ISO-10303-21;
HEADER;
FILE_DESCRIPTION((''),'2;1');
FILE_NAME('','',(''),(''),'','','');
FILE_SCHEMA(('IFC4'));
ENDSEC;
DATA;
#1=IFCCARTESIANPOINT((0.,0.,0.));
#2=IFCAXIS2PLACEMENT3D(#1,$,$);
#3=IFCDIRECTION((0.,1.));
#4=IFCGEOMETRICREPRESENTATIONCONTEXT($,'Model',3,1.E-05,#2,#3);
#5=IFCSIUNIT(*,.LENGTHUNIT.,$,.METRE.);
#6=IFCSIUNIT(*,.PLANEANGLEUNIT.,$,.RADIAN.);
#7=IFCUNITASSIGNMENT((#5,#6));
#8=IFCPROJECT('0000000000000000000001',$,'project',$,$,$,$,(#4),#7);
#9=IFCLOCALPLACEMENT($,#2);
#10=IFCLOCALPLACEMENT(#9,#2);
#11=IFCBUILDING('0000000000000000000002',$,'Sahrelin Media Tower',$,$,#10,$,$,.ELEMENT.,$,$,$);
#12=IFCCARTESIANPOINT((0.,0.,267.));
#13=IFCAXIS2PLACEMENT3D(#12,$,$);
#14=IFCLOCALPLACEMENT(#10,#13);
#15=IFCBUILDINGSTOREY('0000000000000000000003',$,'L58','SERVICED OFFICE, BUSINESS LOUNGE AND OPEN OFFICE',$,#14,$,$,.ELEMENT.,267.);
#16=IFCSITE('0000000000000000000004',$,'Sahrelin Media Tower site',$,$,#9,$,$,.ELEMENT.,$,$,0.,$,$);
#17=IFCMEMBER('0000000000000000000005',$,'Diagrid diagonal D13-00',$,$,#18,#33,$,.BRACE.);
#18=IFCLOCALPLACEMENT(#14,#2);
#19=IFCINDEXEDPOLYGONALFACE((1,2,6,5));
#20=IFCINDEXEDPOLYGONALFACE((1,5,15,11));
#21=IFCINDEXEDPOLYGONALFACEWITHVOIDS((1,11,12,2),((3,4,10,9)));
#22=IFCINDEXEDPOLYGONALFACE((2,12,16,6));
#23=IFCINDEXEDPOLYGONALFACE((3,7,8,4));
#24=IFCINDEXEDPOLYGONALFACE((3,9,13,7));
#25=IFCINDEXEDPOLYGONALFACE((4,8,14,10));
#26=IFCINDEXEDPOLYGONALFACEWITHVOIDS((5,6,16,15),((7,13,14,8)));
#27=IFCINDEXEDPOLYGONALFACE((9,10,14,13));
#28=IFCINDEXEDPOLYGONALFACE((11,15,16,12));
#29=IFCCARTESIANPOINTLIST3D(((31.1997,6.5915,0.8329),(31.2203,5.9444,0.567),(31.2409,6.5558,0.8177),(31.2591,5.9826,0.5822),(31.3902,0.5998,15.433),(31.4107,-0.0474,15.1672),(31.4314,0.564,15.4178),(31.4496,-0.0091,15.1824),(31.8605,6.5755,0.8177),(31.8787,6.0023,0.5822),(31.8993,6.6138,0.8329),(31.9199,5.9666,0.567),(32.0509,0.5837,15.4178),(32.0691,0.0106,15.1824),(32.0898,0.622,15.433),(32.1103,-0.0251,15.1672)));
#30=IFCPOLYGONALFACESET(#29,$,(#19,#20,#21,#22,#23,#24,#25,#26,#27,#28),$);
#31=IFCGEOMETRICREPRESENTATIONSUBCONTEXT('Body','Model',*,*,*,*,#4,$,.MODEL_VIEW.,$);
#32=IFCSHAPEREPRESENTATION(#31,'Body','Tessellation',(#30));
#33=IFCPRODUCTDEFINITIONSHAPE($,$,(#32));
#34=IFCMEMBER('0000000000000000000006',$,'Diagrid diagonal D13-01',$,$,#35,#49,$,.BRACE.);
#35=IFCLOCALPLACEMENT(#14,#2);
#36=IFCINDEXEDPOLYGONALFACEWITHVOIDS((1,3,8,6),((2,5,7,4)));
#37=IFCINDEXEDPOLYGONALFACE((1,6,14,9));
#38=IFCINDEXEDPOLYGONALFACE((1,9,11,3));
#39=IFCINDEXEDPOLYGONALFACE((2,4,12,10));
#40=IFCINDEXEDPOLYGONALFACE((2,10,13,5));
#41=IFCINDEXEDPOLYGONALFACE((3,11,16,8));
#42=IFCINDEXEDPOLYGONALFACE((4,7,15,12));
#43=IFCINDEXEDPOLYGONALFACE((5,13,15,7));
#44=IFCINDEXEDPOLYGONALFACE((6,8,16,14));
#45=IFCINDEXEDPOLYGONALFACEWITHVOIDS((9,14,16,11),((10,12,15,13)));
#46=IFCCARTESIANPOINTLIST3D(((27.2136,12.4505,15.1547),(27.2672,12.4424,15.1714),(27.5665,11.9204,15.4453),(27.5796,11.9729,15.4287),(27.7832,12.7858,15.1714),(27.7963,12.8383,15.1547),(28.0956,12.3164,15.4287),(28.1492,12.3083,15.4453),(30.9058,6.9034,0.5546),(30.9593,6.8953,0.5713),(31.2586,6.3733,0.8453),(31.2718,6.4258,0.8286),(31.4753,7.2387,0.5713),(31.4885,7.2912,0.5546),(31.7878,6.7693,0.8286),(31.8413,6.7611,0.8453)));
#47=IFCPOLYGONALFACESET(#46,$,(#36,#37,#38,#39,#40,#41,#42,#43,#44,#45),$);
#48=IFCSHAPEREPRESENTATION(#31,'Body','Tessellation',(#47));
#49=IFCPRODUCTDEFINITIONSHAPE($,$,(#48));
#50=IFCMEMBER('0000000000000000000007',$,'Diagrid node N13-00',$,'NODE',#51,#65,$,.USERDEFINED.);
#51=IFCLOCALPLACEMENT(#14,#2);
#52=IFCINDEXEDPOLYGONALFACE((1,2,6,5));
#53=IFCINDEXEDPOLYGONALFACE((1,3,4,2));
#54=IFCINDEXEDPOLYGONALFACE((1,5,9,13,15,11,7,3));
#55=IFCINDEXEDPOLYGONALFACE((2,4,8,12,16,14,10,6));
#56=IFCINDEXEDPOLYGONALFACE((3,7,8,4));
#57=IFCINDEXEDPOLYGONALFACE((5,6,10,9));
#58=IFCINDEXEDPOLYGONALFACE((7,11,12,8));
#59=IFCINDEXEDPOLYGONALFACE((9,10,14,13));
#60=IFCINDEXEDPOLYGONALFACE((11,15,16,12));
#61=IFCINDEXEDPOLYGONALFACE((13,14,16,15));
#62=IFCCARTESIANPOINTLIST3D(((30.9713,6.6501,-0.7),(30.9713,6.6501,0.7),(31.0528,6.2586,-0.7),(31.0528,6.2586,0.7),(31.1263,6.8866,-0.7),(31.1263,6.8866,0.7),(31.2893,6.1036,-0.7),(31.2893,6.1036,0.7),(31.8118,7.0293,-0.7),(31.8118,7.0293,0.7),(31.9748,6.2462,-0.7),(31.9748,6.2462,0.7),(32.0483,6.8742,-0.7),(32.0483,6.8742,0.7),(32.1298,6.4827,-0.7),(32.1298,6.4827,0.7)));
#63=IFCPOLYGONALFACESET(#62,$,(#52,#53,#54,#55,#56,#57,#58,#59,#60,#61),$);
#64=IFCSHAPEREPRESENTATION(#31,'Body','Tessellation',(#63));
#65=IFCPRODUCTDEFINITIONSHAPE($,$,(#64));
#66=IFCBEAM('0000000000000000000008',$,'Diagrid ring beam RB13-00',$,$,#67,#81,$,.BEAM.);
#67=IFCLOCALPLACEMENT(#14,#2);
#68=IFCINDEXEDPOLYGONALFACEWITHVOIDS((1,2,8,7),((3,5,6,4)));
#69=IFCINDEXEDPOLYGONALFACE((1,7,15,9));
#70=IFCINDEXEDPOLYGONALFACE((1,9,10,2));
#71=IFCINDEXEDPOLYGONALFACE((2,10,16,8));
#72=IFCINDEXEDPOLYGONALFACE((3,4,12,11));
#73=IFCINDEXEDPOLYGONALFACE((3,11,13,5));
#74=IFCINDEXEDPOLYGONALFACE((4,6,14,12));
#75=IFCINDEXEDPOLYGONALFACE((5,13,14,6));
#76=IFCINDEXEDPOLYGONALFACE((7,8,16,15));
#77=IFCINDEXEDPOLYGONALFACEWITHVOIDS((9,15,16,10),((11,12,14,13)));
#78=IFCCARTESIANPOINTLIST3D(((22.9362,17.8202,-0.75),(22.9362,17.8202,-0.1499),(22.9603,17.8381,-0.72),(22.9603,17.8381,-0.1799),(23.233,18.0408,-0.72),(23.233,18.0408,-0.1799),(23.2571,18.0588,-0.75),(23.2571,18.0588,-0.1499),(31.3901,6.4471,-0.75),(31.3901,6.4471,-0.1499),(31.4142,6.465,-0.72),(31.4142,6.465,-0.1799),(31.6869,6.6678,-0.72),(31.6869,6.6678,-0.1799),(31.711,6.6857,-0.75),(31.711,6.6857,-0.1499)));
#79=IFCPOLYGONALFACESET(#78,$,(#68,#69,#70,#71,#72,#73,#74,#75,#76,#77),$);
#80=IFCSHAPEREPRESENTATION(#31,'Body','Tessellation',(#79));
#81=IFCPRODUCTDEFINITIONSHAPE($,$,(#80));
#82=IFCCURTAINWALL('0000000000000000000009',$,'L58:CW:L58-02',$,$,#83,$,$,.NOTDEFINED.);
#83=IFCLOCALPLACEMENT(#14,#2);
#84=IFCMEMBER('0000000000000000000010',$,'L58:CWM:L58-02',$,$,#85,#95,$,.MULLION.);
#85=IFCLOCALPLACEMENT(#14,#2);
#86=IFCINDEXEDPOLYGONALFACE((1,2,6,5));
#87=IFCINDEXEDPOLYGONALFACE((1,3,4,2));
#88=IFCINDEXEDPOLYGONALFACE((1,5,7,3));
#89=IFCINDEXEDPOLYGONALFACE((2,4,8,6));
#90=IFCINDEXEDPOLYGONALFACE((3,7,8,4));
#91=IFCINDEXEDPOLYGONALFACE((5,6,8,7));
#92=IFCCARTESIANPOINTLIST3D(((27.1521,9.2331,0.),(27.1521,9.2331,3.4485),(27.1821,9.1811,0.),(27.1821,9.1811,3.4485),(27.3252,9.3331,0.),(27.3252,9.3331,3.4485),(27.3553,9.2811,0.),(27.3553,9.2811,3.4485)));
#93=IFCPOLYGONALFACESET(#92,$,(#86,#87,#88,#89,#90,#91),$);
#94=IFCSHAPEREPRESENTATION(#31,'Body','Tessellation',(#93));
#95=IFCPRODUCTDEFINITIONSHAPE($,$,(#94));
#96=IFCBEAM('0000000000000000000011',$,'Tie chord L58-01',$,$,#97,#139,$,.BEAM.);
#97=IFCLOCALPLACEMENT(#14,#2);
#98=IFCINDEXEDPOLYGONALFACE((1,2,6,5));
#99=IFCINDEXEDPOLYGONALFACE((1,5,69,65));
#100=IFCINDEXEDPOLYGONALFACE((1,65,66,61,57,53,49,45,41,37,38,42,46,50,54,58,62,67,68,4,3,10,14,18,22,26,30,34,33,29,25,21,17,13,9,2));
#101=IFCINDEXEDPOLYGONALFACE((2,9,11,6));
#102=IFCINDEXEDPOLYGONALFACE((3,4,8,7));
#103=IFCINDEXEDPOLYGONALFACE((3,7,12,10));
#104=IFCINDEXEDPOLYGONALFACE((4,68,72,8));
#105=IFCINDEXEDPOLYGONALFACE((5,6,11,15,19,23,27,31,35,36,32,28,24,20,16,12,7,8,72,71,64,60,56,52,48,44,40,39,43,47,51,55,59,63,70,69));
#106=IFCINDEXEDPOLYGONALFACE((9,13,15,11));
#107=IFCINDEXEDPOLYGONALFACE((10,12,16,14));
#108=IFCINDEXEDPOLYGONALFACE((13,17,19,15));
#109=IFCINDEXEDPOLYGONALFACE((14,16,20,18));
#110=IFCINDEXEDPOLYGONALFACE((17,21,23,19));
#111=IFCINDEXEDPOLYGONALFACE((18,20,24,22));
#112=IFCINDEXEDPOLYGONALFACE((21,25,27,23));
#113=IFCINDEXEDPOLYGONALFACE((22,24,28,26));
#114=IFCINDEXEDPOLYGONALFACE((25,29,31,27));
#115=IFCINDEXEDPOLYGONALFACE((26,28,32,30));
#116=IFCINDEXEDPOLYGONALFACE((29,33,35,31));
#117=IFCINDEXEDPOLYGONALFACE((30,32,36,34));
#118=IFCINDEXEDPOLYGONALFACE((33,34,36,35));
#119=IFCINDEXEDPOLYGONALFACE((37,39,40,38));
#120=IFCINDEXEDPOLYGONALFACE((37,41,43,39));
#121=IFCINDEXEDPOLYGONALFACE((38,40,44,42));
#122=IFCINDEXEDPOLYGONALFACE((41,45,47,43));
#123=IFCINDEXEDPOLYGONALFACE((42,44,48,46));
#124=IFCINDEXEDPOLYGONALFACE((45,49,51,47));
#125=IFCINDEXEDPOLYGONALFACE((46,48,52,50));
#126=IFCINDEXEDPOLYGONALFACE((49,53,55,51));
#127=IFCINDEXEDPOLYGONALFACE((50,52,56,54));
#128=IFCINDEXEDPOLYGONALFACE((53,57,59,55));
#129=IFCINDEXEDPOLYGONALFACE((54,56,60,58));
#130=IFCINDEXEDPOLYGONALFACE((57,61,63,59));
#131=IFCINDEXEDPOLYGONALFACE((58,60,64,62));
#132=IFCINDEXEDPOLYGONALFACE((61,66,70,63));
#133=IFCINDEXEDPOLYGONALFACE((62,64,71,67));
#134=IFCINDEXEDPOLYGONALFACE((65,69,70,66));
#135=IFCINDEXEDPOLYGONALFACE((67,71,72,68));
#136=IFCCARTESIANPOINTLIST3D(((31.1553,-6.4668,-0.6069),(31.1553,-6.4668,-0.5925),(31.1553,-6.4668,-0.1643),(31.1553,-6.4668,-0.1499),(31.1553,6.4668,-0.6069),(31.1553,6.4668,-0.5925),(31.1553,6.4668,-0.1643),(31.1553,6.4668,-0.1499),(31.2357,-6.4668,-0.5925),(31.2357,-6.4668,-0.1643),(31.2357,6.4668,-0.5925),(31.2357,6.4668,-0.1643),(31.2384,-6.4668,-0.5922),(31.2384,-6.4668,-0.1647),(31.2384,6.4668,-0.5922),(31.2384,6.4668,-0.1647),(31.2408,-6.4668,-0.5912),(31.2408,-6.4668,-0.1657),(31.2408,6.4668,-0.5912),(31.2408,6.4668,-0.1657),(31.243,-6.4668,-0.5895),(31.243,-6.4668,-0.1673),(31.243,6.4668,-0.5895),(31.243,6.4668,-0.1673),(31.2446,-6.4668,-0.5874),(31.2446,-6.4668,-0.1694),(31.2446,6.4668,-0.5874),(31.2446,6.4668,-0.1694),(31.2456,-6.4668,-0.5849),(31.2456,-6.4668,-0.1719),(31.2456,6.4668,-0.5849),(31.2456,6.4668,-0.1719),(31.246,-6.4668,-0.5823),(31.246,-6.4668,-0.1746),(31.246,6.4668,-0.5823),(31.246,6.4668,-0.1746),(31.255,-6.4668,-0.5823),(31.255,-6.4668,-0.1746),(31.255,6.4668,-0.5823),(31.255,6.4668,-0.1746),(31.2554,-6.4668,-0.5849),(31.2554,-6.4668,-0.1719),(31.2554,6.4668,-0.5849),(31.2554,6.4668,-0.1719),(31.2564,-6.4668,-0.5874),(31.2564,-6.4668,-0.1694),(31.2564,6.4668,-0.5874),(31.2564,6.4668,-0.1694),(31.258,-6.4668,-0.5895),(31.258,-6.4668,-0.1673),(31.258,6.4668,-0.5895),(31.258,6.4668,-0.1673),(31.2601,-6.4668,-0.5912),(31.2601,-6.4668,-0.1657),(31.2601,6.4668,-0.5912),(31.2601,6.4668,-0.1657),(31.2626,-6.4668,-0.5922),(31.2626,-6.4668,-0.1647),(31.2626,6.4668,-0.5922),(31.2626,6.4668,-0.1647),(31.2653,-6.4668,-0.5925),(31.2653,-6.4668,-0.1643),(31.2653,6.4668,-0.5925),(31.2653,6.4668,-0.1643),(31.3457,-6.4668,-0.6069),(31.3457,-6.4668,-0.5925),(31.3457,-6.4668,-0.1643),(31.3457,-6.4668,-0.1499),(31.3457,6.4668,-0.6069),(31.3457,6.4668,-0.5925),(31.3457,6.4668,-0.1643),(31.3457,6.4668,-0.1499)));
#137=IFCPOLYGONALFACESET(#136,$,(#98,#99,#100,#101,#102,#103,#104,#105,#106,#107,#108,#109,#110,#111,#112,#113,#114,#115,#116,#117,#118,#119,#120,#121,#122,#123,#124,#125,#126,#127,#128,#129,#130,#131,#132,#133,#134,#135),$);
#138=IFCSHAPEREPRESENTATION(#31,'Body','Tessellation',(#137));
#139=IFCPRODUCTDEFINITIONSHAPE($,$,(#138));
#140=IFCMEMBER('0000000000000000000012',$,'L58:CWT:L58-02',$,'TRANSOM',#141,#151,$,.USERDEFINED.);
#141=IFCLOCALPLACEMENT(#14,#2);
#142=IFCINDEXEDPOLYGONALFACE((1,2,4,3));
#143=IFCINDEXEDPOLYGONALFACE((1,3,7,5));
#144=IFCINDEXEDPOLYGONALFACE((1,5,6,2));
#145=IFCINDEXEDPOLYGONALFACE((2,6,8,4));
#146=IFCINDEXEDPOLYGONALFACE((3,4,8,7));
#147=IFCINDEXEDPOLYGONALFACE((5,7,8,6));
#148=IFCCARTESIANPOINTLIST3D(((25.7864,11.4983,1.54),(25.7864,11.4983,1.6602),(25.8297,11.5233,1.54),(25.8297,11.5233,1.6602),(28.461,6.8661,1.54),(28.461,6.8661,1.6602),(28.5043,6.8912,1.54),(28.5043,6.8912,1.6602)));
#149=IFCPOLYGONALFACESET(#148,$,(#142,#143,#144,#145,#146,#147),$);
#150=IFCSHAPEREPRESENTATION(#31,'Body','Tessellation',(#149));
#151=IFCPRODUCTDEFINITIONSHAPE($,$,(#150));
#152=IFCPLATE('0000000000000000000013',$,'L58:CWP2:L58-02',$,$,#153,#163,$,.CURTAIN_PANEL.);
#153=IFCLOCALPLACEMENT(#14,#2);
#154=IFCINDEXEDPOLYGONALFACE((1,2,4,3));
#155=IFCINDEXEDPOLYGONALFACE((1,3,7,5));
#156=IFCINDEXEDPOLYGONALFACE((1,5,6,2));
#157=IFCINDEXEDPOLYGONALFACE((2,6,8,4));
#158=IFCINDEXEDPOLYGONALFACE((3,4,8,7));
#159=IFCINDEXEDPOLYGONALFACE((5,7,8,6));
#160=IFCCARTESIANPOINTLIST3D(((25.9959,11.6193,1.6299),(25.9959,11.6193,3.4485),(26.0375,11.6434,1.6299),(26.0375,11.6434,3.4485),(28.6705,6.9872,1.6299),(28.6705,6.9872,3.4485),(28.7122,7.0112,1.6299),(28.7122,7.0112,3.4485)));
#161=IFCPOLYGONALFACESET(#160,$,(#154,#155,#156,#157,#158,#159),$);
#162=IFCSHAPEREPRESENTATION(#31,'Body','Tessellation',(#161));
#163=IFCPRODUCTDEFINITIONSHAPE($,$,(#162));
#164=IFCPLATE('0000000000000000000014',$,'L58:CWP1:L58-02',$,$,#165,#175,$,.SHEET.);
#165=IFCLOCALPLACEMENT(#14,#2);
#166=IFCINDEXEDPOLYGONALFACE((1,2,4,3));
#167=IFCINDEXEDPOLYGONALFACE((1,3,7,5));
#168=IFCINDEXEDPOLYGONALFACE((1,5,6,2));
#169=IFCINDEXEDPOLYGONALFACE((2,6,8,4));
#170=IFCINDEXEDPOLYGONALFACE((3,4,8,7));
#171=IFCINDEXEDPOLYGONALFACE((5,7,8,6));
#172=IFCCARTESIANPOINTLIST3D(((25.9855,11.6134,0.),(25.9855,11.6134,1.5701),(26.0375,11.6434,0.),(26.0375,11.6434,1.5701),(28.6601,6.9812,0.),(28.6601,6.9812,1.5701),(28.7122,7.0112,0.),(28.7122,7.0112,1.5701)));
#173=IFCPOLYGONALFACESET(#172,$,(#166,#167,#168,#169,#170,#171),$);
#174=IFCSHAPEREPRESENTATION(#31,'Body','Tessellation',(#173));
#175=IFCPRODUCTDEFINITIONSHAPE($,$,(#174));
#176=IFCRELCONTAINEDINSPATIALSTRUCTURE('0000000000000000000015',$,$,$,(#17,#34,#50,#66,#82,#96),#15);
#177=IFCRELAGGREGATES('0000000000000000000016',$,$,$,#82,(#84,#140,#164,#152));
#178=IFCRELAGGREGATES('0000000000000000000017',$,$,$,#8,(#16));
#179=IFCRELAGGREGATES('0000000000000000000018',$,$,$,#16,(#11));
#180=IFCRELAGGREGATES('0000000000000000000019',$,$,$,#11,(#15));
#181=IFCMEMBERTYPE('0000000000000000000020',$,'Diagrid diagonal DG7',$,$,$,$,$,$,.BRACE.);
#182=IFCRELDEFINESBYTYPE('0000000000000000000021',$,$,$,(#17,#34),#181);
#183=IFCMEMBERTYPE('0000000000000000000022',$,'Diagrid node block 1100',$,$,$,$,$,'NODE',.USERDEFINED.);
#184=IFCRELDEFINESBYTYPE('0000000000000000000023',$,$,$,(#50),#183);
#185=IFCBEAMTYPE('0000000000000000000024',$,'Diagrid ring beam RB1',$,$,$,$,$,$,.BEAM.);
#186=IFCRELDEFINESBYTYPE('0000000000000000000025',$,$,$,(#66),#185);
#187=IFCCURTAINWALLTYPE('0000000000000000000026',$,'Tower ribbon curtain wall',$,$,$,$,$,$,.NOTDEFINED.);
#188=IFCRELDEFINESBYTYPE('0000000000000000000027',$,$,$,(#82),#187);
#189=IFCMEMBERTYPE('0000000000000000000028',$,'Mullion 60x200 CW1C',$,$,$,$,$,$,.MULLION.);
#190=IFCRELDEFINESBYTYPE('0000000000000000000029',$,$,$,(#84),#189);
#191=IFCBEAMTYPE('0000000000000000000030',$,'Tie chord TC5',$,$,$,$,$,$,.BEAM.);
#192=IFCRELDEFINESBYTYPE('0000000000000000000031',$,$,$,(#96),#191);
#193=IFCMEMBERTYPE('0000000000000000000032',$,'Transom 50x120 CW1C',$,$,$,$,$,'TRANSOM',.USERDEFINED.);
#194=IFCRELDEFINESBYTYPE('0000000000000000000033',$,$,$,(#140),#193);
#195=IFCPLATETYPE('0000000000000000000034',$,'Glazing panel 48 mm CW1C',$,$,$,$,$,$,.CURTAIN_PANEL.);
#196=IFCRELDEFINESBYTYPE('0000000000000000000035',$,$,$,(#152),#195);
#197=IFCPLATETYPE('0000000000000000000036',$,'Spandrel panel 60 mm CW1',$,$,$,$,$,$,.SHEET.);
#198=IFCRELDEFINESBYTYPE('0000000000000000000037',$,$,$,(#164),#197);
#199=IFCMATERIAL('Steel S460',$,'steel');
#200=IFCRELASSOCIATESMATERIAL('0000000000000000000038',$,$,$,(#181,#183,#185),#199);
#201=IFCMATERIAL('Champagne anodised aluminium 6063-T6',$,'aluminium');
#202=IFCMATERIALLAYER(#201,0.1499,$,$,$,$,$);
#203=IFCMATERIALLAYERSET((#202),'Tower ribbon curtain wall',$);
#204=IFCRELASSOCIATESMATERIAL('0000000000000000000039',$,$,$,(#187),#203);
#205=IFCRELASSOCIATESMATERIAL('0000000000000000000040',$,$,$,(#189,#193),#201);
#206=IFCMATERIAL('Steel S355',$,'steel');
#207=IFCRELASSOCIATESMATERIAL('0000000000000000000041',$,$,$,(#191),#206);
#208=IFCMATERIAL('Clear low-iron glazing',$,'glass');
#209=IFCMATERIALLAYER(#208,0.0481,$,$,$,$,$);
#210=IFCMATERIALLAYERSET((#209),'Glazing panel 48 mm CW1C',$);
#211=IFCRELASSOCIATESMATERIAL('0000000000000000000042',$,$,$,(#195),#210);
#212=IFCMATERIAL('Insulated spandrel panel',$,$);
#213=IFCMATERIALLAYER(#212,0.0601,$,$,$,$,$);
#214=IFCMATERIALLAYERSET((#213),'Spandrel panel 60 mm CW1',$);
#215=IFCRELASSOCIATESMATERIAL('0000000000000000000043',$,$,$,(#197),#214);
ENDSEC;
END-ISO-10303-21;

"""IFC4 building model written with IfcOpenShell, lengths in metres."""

from ifc_helpers import new_model, si_unit, direction, frame, origin, origin_2d, place, context, subcontext, project, spatial, polyline, rectangle, hollow_rectangle, i_section, outline, extrude, material, layer, layer_set, material_profile, profile_set, type_object, element, aggregate, save


model = new_model("IFC4")

# Units and contexts
model_context = context("Model", 3, precision=1e-05, world=origin(), true_north=direction((0.0, 1.0)))
body_context = subcontext(model_context, "Body", "Model", "MODEL_VIEW")
ifc_project = project(units=[si_unit("LENGTHUNIT", "METRE"), si_unit("PLANEANGLEUNIT", "RADIAN")], contexts=[model_context])

# Site, building, storey
site_placement = place(None, origin())
site = spatial("IfcSite", under=ifc_project, at=site_placement, Name="Sahrelin Media Tower site", CompositionType="ELEMENT", RefElevation=0.0)
building_placement = place(site_placement, origin())
building = spatial("IfcBuilding", under=site, at=building_placement, Name="Sahrelin Media Tower", CompositionType="ELEMENT")
storey_placement = place(building_placement, frame((0.0, 0.0, 267.0)))
storey = spatial("IfcBuildingStorey", under=building, at=storey_placement, Name="L58", Description="SERVICED OFFICE, BUSINESS LOUNGE AND OPEN OFFICE", CompositionType="ELEMENT", Elevation=267.0)

# Members
ifc_material_1 = material(Name="Steel S460", Category="steel")
ifc_material_profile_1 = material_profile(ifc_material_1, hollow_rectangle(XDim=0.7, YDim=0.7, WallThickness=0.04, at=origin_2d()), Name="Diagrid diagonal DG7")
ifc_profile_set_1 = profile_set([ifc_material_profile_1], Name="Steel S460")
member_type_1 = type_object("IfcMemberType", Name="Diagrid diagonal DG7", PredefinedType="BRACE", material=ifc_profile_set_1)
member_1_placement = place(storey_placement, frame((31.5598, 6.2791, 0.7), z_axis=(0.012066, -0.379633, 0.925059), x_axis=(0.999495, 0.031766, 0.0)))
element("IfcMember", 1, at=member_1_placement, inside=storey, type_object=member_type_1, Name="Diagrid diagonal D13-00", PredefinedType="BRACE", context=body_context, shape_type="SweptSolid", body=[
    extrude(hollow_rectangle(XDim=0.7, YDim=0.7, WallThickness=0.04, at=origin_2d()), origin(), (0.0, 0.0, 1.0), 15.783),
])
member_2_placement = place(storey_placement, frame((31.3735, 6.8323, 0.7), z_axis=(-0.230056, 0.34564, 0.909729), x_axis=(-0.832462, -0.554083, 0.0)))
element("IfcMember", 2, at=member_2_placement, inside=storey, type_object=member_type_1, Name="Diagrid diagonal D13-01", PredefinedType="BRACE", context=body_context, shape_type="SweptSolid", body=[
    extrude(hollow_rectangle(XDim=0.7, YDim=0.7, WallThickness=0.04, at=origin_2d()), origin(), (0.0, 0.0, 1.0), 16.0488),
])
ifc_material_profile_2 = material_profile(ifc_material_1, outline(polyline([(0.3501, -0.3999), (0.55, -0.2), (0.55, 0.2), (0.3501, 0.3999), (-0.3501, 0.3999), (-0.55, 0.2), (-0.55, -0.2), (-0.3501, -0.3999), (0.3501, -0.3999)])), Name="Diagrid node block 1100")
ifc_profile_set_2 = profile_set([ifc_material_profile_2], Name="Steel S460")
member_type_2 = type_object("IfcMemberType", Name="Diagrid node block 1100", ElementType="NODE", PredefinedType="USERDEFINED", material=ifc_profile_set_2)
member_3_placement = place(storey_placement, frame((31.5505, 6.5664, -0.7), z_axis=(0.0, 0.0, 1.0), x_axis=(0.979022, 0.203755, 0.0)))
element("IfcMember", 3, at=member_3_placement, inside=storey, type_object=member_type_2, Name="Diagrid node N13-00", ObjectType="NODE", PredefinedType="USERDEFINED", context=body_context, shape_type="SweptSolid", body=[
    extrude(outline(polyline([(0.3501, -0.3999), (0.55, -0.2), (0.55, 0.2), (0.3501, 0.3999), (-0.3501, 0.3999), (-0.55, 0.2), (-0.55, -0.2), (-0.3501, -0.3999), (0.3501, -0.3999)])), origin(), (0.0, 0.0, 1.0), 1.3999),
])

# Beam
ifc_material_profile_3 = material_profile(ifc_material_1, hollow_rectangle(XDim=0.3999, YDim=0.6001, WallThickness=0.03, at=origin_2d()), Name="Diagrid ring beam RB1")
ifc_profile_set_3 = profile_set([ifc_material_profile_3], Name="Steel S460")
beam_type_1 = type_object("IfcBeamType", Name="Diagrid ring beam RB1", PredefinedType="BEAM", material=ifc_profile_set_3)
beam_1_placement = place(storey_placement, frame((31.5505, 6.5664, -0.45), z_axis=(-0.596565, 0.802564, 0.0), x_axis=(-0.802564, -0.596565, 0.0)))
element("IfcBeam", 4, at=beam_1_placement, inside=storey, type_object=beam_type_1, Name="Diagrid ring beam RB13-00", PredefinedType="BEAM", context=body_context, shape_type="SweptSolid", body=[
    extrude(hollow_rectangle(XDim=0.3999, YDim=0.6001, WallThickness=0.03, at=origin_2d()), origin(), (0.0, 0.0, 1.0), 14.1709),
])

# Curtain wall, member
ifc_material_2 = material(Name="Champagne anodised aluminium 6063-T6", Category="aluminium")
ifc_layer_1 = layer(ifc_material_2, 0.1499)
ifc_layer_set_1 = layer_set([ifc_layer_1], Name="Tower ribbon curtain wall")
curtain_wall_type = type_object("IfcCurtainWallType", Name="Tower ribbon curtain wall", PredefinedType="NOTDEFINED", material=ifc_layer_set_1)
curtain_wall_placement = place(storey_placement, frame((27.3577, 9.3174, 0.0), z_axis=(0.0, 0.0, 1.0), x_axis=(1.0, 0.0, 0.0)))
curtain_wall = element("IfcCurtainWall", 5, at=curtain_wall_placement, inside=storey, type_object=curtain_wall_type, Name="L58:CW:L58-02", PredefinedType="NOTDEFINED")
ifc_material_profile_4 = material_profile(ifc_material_2, rectangle(XDim=0.0601, YDim=0.2, at=origin_2d()), Name="Mullion 60x200")
ifc_profile_set_4 = profile_set([ifc_material_profile_4], Name="Champagne anodised aluminium 6063-T6")
member_type_3 = type_object("IfcMemberType", Name="Mullion 60x200 CW1C", PredefinedType="MULLION", material=ifc_profile_set_4)
member_4_placement = place(storey_placement, frame((27.2537, 9.2571, 0.0), z_axis=(0.0, 0.0, 1.0), x_axis=(-0.500008, 0.866021, 0.0)))
member_4 = element("IfcMember", 6, at=member_4_placement, type_object=member_type_3, Name="L58:CWM:L58-02", PredefinedType="MULLION", context=body_context, shape_type="SweptSolid", body=[
    extrude(rectangle(XDim=0.0601, YDim=0.2, at=origin_2d()), origin(), (0.0, 0.0, 1.0), 3.4485),
])

# Beam
ifc_material_3 = material(Name="Steel S355", Category="steel")
ifc_material_profile_5 = material_profile(ifc_material_3, i_section(OverallWidth=0.1904, OverallDepth=0.457, WebThickness=0.009, FlangeThickness=0.0144, FilletRadius=0.0103, at=origin_2d()), Name="UB 457x191x74")
ifc_profile_set_5 = profile_set([ifc_material_profile_5], Name="Steel S355")
beam_type_2 = type_object("IfcBeamType", Name="Tie chord TC5", PredefinedType="BEAM", material=ifc_profile_set_5)
beam_2_placement = place(storey_placement, frame((31.2505, 6.4668, -0.3784), z_axis=(0.0, -1.0, 0.0), x_axis=(1.0, 0.0, 0.0)))
element("IfcBeam", 7, at=beam_2_placement, inside=storey, type_object=beam_type_2, Name="Tie chord L58-01", PredefinedType="BEAM", context=body_context, shape_type="SweptSolid", body=[
    extrude(i_section(OverallWidth=0.1904, OverallDepth=0.457, WebThickness=0.009, FlangeThickness=0.0144, FilletRadius=0.0103, at=origin_2d()), origin(), (0.0, 0.0, 1.0), 12.9336),
])

# Member
ifc_material_profile_6 = material_profile(ifc_material_2, rectangle(XDim=0.05, YDim=0.1201, at=origin_2d()), Name="Transom 50x120")
ifc_profile_set_6 = profile_set([ifc_material_profile_6], Name="Champagne anodised aluminium 6063-T6")
member_type_4 = type_object("IfcMemberType", Name="Transom 50x120 CW1C", ElementType="TRANSOM", PredefinedType="USERDEFINED", material=ifc_profile_set_6)
member_5_placement = place(storey_placement, frame((28.4827, 6.8787, 1.6001), z_axis=(-0.500032, 0.866007, 0.0), x_axis=(-0.866007, -0.500032, 0.0)))
member_5 = element("IfcMember", 8, at=member_5_placement, type_object=member_type_4, Name="L58:CWT:L58-02", ObjectType="TRANSOM", PredefinedType="USERDEFINED", context=body_context, shape_type="SweptSolid", body=[
    extrude(rectangle(XDim=0.05, YDim=0.1201, at=origin_2d()), origin(), (0.0, 0.0, 1.0), 5.3489),
])

# Plates
ifc_material_4 = material(Name="Clear low-iron glazing", Category="glass")
ifc_layer_2 = layer(ifc_material_4, 0.0481)
ifc_layer_set_2 = layer_set([ifc_layer_2], Name="Glazing panel 48 mm CW1C")
plate_type_1 = type_object("IfcPlateType", Name="Glazing panel 48 mm CW1C", PredefinedType="CURTAIN_PANEL", material=ifc_layer_set_2)
plate_1_placement = place(storey_placement, frame((28.7122, 7.0112, 1.6299), z_axis=(0.866007, 0.500032, 0.0), x_axis=(-0.500032, 0.866007, 0.0)))
plate_1 = element("IfcPlate", 9, at=plate_1_placement, type_object=plate_type_1, Name="L58:CWP2:L58-02", PredefinedType="CURTAIN_PANEL", context=body_context, shape_type="SweptSolid", body=[
    extrude(outline(polyline([(0.0, 0.0), (5.3489, 0.0), (5.3489, 1.8186), (0.0, 1.8186), (0.0, 0.0)])), origin(), (0.0, 0.0, -1.0), 0.0481),
])
ifc_material_5 = material(Name="Insulated spandrel panel")
ifc_layer_3 = layer(ifc_material_5, 0.0601)
ifc_layer_set_3 = layer_set([ifc_layer_3], Name="Spandrel panel 60 mm CW1")
plate_type_2 = type_object("IfcPlateType", Name="Spandrel panel 60 mm CW1", PredefinedType="SHEET", material=ifc_layer_set_3)
plate_2_placement = place(storey_placement, frame((28.7122, 7.0112, 0.0), z_axis=(0.866007, 0.500032, 0.0), x_axis=(-0.500032, 0.866007, 0.0)))
plate_2 = element("IfcPlate", 10, at=plate_2_placement, type_object=plate_type_2, Name="L58:CWP1:L58-02", PredefinedType="SHEET", context=body_context, shape_type="SweptSolid", body=[
    extrude(outline(polyline([(0.0, 0.0), (5.3489, 0.0), (5.3489, 1.5701), (0.0, 1.5701), (0.0, 0.0)])), origin(), (0.0, 0.0, -1.0), 0.0601),
])
aggregate(curtain_wall, [member_4, member_5, plate_2, plate_1])

save(model, "model.ifc")
